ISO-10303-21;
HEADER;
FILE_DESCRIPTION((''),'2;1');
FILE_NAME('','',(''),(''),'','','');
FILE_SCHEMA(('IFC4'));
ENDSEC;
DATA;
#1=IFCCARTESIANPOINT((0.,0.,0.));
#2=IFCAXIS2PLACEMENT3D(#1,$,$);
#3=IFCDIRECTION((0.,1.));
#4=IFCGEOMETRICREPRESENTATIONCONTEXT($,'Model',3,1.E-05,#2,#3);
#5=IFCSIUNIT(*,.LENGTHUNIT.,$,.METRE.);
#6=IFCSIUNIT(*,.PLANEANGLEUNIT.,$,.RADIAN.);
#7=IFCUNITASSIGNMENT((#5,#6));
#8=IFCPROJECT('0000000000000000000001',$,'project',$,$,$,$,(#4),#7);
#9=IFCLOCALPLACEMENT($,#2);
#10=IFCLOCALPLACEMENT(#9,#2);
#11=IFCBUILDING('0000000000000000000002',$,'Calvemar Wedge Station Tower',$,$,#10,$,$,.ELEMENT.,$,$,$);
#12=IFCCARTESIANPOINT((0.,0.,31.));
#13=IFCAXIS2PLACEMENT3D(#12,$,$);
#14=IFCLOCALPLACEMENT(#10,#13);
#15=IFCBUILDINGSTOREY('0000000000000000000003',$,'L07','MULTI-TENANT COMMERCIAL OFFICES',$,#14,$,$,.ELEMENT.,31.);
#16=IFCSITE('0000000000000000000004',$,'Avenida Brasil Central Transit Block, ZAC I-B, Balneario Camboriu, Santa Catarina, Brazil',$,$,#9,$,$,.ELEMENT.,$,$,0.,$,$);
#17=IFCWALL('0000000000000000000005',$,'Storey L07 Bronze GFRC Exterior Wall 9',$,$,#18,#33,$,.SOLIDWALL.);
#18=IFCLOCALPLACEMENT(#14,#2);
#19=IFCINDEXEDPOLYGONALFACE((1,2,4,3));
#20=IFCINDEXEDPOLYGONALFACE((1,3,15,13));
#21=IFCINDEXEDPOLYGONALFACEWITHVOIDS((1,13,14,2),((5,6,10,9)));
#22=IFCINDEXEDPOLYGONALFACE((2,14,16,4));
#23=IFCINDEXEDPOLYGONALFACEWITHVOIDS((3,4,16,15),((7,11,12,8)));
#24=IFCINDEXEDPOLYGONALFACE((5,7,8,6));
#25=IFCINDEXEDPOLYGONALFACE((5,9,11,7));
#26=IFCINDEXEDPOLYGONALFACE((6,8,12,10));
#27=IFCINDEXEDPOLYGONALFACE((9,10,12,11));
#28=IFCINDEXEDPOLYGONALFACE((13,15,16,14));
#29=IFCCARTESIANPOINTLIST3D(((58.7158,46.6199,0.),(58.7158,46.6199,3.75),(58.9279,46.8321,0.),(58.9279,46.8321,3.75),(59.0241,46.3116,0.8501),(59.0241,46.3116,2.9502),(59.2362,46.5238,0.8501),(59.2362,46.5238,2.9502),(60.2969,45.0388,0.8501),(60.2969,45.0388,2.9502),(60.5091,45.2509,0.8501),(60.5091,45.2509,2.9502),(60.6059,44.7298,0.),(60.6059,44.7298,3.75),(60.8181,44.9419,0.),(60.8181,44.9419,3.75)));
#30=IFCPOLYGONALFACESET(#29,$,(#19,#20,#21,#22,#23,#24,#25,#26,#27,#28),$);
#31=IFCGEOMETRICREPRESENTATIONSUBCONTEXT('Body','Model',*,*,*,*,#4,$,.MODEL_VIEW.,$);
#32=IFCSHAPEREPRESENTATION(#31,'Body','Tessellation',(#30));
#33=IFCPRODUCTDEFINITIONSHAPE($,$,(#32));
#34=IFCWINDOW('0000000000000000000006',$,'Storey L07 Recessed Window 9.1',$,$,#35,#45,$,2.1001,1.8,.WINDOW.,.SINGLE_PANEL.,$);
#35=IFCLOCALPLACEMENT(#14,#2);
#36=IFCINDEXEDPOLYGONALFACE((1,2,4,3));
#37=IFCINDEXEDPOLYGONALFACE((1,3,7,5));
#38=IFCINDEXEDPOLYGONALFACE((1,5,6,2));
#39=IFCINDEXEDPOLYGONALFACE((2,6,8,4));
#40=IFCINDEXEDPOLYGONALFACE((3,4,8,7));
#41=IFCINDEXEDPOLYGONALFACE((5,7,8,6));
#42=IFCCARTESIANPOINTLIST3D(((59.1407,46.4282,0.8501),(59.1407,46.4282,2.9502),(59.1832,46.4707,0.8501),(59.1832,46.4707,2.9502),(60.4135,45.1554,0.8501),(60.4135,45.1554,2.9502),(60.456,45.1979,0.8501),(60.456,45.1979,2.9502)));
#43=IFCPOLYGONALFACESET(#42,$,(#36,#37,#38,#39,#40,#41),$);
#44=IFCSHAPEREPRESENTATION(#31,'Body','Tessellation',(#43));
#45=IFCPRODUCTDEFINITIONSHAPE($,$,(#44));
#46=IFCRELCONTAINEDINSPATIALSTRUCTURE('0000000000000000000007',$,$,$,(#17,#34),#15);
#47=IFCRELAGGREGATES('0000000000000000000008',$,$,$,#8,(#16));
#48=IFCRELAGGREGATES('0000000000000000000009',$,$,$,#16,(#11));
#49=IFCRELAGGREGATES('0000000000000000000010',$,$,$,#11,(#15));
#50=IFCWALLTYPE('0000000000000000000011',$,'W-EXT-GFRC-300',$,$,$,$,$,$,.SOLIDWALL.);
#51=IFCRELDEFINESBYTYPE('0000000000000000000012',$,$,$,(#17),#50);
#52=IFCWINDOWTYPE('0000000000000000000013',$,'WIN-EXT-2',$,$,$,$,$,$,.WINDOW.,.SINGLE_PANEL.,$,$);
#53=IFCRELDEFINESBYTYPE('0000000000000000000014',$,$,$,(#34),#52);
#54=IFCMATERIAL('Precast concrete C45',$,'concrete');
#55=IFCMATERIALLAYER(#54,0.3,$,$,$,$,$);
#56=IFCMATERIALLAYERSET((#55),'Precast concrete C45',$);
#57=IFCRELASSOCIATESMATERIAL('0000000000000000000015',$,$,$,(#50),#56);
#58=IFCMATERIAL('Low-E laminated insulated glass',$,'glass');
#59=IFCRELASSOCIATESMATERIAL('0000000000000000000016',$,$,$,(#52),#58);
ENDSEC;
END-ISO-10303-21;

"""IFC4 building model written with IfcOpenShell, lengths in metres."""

from ifc_helpers import new_model, si_unit, direction, frame, frame_2d, origin, place, context, subcontext, project, spatial, rectangle, extrude, source, transform, mapped, material, layer, layer_set, type_object, element, fill, save


model = new_model("IFC4")

# Units and contexts
model_context = context("Model", 3, precision=1e-05, world=origin(), true_north=direction((0.0, 1.0)))
body_context = subcontext(model_context, "Body", "Model", "MODEL_VIEW")
ifc_project = project(units=[si_unit("LENGTHUNIT", "METRE"), si_unit("PLANEANGLEUNIT", "RADIAN")], contexts=[model_context])

# Site, building, storey
site_placement = place(None, origin())
site = spatial("IfcSite", under=ifc_project, at=site_placement, Name="Avenida Brasil Central Transit Block, ZAC I-B, Balneario Camboriu, Santa Catarina, Brazil", CompositionType="ELEMENT", RefElevation=0.0)
building_placement = place(site_placement, origin())
building = spatial("IfcBuilding", under=site, at=building_placement, Name="Calvemar Wedge Station Tower", CompositionType="ELEMENT")
storey_placement = place(building_placement, frame((0.0, 0.0, 31.0)))
storey = spatial("IfcBuildingStorey", under=building, at=storey_placement, Name="L07", Description="MULTI-TENANT COMMERCIAL OFFICES", CompositionType="ELEMENT", Elevation=31.0)

# Wall, opening, window
ifc_material_1 = material(Name="Precast concrete C45", Category="concrete")
ifc_layer_1 = layer(ifc_material_1, 0.3)
ifc_layer_set_1 = layer_set([ifc_layer_1], Name="Precast concrete C45")
wall_type_1 = type_object("IfcWallType", Name="W-EXT-GFRC-300", PredefinedType="SOLIDWALL", material=ifc_layer_set_1)
wall_1_placement = place(storey_placement, frame((60.7119, 44.8359, 0.0), z_axis=(0.0, 0.0, 1.0), x_axis=(-0.707107, 0.707107, 0.0)))
wall_1 = element("IfcWall", 1, at=wall_1_placement, inside=storey, type_object=wall_type_1, Name="Storey L07 Bronze GFRC Exterior Wall 9", PredefinedType="SOLIDWALL", context=body_context, shape_type="SweptSolid", body=[
    extrude(rectangle(XDim=2.6731, YDim=0.3, at=frame_2d((1.3364, 0.0))), origin(), (0.0, 0.0, 1.0), 3.75),
])
shared_shape_1 = source(origin(), body_context, "Body", "SweptSolid", [
    extrude(rectangle(XDim=1.8, YDim=2.1001, at=frame_2d((0.8999, 1.05))), frame((0.0, 0.1602, 0.0), z_axis=(0.0, -1.0, 0.0), x_axis=(1.0, 0.0, 0.0)), (0.0, 0.0, 1.0), 0.3201),
])
opening_1_placement = place(wall_1_placement, frame((0.437, 0.0, 0.8501)))
opening_1 = element("IfcOpeningElement", 2, at=opening_1_placement, cuts=wall_1, PredefinedType="OPENING", context=body_context, shape_type="MappedRepresentation", body=[
    mapped(shared_shape_1, transform((0.0, 0.0, 0.0), scale=1.0)),
])
ifc_material_2 = material(Name="Low-E laminated insulated glass", Category="glass")
window_type_1 = type_object("IfcWindowType", Name="WIN-EXT-2", PartitioningType="SINGLE_PANEL", PredefinedType="WINDOW", material=ifc_material_2)
shared_shape_2 = source(origin(), body_context, "Body", "SweptSolid", [
    extrude(rectangle(XDim=1.8, YDim=2.1001, at=frame_2d((0.8999, 1.05))), frame((0.0, -0.0149, 0.0), z_axis=(0.0, -1.0, 0.0), x_axis=(1.0, 0.0, 0.0)), (0.0, 0.0, 1.0), 0.0601),
])
window_1_placement = place(opening_1_placement, origin())
window_1 = element("IfcWindow", 3, at=window_1_placement, inside=storey, type_object=window_type_1, Name="Storey L07 Recessed Window 9.1", OverallHeight=2.1001, OverallWidth=1.8, PartitioningType="SINGLE_PANEL", PredefinedType="WINDOW", context=body_context, shape_type="MappedRepresentation", body=[
    mapped(shared_shape_2, transform((0.0, 0.0, 0.0), scale=1.0)),
])
fill(opening_1, window_1)

save(model, "model.ifc")
